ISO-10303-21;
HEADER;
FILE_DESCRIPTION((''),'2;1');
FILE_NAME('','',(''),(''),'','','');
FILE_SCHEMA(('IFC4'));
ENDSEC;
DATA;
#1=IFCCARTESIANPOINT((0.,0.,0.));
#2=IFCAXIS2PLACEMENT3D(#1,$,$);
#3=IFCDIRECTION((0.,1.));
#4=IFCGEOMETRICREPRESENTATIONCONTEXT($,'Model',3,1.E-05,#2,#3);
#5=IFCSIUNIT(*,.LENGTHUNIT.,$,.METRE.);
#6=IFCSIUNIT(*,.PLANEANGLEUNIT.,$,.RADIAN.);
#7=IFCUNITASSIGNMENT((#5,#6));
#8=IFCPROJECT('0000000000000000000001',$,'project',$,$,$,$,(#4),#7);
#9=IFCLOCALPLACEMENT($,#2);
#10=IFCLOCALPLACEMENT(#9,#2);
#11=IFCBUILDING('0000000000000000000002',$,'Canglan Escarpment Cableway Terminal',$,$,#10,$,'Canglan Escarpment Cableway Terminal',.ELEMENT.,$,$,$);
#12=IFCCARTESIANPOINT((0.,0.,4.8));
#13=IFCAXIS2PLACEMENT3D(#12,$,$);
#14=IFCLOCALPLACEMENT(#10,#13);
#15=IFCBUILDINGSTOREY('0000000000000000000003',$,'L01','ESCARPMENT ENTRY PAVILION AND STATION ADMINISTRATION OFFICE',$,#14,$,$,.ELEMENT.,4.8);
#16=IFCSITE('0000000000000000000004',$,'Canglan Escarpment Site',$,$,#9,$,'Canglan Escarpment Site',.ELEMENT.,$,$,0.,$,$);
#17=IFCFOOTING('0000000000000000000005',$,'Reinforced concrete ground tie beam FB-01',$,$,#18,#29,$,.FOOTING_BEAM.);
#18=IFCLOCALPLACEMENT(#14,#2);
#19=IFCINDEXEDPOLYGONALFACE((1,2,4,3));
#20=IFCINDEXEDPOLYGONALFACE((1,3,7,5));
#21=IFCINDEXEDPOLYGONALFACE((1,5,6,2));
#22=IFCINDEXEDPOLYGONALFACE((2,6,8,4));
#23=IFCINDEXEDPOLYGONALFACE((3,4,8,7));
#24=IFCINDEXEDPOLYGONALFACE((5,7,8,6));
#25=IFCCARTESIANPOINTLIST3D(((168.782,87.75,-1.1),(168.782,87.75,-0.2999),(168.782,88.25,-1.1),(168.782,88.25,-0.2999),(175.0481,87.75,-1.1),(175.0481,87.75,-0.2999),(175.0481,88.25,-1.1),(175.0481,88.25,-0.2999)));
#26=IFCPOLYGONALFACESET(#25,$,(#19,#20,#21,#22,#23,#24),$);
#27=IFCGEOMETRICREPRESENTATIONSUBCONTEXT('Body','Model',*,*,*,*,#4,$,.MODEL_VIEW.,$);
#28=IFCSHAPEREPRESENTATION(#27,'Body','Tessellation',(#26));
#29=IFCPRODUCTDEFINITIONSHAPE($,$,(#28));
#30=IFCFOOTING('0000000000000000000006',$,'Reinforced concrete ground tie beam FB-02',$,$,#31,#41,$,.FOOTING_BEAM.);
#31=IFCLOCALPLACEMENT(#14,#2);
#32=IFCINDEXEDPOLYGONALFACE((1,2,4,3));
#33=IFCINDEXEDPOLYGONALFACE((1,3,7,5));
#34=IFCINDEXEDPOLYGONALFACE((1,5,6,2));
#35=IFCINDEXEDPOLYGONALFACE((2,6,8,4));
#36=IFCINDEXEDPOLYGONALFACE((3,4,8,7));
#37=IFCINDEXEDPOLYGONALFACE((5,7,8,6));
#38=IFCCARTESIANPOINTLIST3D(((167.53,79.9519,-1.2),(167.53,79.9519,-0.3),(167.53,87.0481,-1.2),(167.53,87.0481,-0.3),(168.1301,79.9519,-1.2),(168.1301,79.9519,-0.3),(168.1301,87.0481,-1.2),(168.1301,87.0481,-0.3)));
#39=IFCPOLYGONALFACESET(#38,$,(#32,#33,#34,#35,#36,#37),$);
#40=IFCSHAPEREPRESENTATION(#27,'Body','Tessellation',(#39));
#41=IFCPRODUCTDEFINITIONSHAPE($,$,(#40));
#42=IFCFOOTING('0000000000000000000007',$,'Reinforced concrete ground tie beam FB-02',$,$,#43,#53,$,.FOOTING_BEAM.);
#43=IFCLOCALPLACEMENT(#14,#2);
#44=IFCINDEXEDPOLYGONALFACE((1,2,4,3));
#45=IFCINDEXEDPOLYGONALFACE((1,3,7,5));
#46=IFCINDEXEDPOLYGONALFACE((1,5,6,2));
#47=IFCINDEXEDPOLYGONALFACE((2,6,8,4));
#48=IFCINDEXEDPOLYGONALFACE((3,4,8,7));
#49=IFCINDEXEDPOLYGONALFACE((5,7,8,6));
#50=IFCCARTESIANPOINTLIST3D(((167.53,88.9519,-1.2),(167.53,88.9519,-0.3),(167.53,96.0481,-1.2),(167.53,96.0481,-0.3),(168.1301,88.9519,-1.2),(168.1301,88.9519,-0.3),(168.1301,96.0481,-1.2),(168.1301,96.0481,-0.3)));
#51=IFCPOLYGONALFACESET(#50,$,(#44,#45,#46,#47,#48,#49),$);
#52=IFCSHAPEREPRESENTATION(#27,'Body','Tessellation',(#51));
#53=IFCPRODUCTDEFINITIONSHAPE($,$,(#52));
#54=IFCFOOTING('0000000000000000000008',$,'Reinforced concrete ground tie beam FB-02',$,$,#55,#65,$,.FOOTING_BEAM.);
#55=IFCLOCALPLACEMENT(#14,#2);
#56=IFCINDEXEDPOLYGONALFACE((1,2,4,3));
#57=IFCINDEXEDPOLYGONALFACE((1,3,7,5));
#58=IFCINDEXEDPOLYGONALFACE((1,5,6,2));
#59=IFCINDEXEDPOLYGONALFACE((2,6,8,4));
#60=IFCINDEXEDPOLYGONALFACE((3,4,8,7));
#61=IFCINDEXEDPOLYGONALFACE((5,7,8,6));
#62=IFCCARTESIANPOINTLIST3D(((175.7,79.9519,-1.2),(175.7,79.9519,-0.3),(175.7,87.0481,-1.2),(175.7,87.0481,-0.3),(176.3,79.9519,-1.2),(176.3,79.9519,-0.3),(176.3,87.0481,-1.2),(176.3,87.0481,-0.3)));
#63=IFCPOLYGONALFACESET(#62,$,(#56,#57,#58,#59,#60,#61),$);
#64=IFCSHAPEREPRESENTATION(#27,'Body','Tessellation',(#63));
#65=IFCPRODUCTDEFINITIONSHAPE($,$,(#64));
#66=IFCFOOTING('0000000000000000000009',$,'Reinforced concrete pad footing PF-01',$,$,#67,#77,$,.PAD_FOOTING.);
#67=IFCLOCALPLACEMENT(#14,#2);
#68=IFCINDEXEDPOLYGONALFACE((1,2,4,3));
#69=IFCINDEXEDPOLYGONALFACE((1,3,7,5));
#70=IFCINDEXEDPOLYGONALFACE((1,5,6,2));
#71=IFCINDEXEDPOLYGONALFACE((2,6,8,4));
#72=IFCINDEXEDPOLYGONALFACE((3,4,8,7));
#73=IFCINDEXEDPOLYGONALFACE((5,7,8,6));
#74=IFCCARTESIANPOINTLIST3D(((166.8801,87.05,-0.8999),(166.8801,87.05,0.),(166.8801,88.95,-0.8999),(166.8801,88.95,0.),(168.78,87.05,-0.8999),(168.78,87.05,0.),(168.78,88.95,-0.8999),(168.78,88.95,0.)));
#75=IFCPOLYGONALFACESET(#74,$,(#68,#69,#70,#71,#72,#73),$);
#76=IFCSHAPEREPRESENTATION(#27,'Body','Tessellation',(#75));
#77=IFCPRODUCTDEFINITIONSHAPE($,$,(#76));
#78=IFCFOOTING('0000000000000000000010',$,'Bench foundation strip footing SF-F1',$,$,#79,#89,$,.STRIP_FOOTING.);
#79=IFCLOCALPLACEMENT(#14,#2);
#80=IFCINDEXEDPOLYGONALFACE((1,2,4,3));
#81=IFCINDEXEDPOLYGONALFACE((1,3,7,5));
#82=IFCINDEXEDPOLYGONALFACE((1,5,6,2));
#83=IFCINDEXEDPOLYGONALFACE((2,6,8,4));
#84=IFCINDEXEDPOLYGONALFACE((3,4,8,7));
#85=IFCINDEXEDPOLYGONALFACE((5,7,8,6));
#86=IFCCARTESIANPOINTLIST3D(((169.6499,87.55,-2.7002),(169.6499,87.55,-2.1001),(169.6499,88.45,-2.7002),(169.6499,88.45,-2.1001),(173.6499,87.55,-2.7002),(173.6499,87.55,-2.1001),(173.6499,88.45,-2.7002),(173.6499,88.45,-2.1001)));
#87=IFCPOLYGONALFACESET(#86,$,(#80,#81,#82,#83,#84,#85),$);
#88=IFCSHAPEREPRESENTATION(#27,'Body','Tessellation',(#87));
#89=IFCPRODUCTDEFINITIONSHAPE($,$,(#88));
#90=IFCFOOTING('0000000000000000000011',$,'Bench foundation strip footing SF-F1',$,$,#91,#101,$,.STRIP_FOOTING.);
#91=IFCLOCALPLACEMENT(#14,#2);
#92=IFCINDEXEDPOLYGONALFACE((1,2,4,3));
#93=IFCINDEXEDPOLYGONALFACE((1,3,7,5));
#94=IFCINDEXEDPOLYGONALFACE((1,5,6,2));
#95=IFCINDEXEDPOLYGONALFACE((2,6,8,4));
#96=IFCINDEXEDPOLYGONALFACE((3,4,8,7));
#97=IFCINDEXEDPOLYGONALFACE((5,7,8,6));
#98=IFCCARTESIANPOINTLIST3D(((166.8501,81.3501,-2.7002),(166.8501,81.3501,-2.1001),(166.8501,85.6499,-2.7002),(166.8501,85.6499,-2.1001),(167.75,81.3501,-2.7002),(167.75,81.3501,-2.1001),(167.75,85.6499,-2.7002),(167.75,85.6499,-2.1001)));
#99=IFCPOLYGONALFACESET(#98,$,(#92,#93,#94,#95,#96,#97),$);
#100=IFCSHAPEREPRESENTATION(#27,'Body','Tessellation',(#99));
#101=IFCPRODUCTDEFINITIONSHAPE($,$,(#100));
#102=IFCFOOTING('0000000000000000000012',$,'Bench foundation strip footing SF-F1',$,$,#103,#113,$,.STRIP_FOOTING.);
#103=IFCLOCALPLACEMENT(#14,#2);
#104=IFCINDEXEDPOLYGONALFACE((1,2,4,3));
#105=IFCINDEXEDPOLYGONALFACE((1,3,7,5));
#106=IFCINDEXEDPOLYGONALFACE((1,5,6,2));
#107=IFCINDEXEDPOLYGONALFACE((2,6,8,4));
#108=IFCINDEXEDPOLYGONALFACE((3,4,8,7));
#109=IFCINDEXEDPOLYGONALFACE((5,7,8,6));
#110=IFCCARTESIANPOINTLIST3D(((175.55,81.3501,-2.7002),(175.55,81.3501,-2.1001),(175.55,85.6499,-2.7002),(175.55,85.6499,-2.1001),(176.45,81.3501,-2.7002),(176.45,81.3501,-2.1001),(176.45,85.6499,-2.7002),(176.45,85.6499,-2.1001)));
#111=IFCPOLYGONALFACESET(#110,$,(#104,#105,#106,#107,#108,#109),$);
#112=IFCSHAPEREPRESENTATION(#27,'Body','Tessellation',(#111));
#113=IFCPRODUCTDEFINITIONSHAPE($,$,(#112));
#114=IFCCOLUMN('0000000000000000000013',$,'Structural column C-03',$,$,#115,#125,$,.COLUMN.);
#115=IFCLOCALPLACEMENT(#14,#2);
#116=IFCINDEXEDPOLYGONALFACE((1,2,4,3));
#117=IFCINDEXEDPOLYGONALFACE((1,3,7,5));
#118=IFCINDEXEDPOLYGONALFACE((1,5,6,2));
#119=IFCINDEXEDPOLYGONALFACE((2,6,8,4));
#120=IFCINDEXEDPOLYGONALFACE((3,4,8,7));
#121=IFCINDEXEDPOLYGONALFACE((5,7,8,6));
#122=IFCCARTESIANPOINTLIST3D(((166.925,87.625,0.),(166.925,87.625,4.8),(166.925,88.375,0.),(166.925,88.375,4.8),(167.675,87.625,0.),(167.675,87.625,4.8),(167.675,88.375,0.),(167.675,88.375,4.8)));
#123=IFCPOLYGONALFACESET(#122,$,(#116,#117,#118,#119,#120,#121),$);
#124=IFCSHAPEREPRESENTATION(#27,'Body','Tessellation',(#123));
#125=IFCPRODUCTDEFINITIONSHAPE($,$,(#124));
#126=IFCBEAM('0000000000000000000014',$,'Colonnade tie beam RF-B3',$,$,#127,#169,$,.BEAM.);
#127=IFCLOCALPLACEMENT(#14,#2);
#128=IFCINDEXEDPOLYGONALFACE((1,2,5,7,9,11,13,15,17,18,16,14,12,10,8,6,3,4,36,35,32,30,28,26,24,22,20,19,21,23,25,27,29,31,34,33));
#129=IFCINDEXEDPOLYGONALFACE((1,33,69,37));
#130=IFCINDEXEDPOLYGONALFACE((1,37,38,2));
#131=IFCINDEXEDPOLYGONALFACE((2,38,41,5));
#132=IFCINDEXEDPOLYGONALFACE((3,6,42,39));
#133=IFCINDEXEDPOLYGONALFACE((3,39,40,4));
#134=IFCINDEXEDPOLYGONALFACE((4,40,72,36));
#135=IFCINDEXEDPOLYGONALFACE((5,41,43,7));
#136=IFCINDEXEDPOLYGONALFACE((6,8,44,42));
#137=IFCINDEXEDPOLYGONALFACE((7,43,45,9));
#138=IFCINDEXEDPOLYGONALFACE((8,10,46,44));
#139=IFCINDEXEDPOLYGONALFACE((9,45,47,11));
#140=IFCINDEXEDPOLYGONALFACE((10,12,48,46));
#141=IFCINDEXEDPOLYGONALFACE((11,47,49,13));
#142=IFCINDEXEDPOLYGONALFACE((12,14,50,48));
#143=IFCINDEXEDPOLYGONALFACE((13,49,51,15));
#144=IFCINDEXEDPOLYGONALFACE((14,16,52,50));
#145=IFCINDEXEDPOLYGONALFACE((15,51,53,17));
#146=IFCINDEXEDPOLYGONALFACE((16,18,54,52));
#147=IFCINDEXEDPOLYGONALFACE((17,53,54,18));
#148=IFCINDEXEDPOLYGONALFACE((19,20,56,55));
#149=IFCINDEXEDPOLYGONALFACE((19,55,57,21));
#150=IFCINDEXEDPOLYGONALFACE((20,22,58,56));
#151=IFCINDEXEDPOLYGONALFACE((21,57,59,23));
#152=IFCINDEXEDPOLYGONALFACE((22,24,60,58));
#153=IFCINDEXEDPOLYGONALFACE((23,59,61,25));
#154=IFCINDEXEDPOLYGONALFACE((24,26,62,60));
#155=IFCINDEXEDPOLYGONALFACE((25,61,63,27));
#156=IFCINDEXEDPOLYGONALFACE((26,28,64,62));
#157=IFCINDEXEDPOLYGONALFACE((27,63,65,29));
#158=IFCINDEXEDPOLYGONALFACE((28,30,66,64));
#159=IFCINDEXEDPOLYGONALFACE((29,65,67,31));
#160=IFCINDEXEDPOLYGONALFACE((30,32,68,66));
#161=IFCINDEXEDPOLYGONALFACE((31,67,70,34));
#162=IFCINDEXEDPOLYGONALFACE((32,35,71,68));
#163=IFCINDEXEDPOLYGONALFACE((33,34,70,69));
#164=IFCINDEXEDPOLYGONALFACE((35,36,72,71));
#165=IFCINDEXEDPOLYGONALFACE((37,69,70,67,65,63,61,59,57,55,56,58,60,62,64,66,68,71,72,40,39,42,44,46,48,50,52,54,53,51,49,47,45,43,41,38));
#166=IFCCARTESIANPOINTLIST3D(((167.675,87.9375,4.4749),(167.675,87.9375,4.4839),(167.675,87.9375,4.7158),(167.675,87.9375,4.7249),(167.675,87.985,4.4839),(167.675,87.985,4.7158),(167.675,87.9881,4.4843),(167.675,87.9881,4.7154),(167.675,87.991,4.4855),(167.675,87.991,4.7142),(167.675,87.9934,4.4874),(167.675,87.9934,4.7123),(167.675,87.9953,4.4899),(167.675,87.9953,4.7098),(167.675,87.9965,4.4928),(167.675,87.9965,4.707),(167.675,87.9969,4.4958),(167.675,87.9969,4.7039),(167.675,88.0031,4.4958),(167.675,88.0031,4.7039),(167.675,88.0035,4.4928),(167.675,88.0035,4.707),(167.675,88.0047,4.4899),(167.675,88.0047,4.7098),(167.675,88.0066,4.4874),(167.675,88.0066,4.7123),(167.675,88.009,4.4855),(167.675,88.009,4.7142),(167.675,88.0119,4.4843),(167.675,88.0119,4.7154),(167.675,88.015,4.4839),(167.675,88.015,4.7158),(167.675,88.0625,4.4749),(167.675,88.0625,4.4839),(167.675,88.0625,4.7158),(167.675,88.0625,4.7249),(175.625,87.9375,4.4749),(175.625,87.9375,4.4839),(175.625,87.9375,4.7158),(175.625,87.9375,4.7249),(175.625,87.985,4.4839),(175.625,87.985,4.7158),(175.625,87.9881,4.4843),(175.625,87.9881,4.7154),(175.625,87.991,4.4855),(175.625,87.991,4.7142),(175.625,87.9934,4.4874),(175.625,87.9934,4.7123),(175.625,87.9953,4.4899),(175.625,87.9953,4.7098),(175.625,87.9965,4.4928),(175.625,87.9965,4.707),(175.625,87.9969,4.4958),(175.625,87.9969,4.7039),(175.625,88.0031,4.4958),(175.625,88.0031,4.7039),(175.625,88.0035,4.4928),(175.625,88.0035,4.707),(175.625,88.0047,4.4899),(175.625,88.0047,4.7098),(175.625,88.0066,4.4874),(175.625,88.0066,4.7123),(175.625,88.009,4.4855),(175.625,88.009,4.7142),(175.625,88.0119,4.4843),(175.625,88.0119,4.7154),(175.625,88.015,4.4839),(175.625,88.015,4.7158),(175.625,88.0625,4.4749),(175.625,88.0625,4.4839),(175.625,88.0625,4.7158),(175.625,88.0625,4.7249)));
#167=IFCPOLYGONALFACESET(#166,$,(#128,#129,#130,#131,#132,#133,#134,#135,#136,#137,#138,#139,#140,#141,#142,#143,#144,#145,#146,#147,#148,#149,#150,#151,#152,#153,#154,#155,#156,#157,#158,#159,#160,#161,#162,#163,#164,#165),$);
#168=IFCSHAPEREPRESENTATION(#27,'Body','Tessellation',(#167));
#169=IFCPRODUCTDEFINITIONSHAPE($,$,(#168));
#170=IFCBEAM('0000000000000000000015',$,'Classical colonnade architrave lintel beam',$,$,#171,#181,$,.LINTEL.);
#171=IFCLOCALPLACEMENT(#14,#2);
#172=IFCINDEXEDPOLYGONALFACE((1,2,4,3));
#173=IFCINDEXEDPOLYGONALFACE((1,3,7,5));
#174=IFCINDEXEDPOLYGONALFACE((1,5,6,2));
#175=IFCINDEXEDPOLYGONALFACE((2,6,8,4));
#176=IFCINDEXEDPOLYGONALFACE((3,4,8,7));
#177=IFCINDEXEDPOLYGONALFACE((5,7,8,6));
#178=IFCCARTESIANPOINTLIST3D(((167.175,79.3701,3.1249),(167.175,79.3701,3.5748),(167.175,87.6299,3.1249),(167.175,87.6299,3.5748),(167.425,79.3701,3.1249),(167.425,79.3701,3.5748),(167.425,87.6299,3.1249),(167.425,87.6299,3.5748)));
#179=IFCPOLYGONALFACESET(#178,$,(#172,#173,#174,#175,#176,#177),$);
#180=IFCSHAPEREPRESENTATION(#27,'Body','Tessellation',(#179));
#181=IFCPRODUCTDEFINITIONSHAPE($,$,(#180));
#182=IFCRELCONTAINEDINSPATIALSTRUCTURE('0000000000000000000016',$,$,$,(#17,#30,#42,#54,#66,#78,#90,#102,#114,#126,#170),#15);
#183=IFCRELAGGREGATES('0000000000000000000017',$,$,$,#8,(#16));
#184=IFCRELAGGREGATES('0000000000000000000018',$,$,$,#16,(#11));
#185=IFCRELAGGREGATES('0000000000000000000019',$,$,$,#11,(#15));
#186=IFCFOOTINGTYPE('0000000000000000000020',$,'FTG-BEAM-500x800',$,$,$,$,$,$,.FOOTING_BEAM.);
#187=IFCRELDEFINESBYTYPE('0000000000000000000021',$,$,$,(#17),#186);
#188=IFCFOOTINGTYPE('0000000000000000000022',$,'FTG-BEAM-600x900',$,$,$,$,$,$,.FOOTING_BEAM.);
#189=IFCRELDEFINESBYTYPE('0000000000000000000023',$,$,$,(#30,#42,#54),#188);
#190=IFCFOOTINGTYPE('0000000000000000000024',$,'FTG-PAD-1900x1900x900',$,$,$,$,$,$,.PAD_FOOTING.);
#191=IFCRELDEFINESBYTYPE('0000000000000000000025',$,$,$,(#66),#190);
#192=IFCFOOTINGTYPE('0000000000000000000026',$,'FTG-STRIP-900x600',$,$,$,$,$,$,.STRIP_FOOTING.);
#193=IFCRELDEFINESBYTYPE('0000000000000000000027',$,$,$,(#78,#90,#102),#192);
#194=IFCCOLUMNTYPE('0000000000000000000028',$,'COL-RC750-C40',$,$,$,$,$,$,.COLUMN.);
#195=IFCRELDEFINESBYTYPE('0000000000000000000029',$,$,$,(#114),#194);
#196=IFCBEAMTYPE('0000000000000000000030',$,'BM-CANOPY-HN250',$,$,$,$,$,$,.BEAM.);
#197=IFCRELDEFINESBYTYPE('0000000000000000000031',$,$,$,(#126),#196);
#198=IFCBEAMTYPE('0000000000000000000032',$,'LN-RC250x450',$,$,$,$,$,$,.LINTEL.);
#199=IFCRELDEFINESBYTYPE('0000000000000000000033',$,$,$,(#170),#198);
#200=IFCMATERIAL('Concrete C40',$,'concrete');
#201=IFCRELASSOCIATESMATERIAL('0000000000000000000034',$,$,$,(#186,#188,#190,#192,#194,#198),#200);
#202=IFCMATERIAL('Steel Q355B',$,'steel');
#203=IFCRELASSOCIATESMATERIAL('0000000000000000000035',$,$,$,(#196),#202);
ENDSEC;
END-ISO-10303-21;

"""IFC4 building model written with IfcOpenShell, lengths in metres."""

from ifc_helpers import new_model, si_unit, direction, frame, origin, origin_2d, place, context, subcontext, project, spatial, rectangle, i_section, extrude, material, material_profile, profile_set, type_object, element, save


model = new_model("IFC4")

# Units and contexts
model_context = context("Model", 3, precision=1e-05, world=origin(), true_north=direction((0.0, 1.0)))
body_context = subcontext(model_context, "Body", "Model", "MODEL_VIEW")
ifc_project = project(units=[si_unit("LENGTHUNIT", "METRE"), si_unit("PLANEANGLEUNIT", "RADIAN")], contexts=[model_context])

# Site, building, storey
site_placement = place(None, origin())
site = spatial("IfcSite", under=ifc_project, at=site_placement, Name="Canglan Escarpment Site", LongName="Canglan Escarpment Site", CompositionType="ELEMENT", RefElevation=0.0)
building_placement = place(site_placement, origin())
building = spatial("IfcBuilding", under=site, at=building_placement, Name="Canglan Escarpment Cableway Terminal", LongName="Canglan Escarpment Cableway Terminal", CompositionType="ELEMENT")
storey_placement = place(building_placement, frame((0.0, 0.0, 4.8)))
storey = spatial("IfcBuildingStorey", under=building, at=storey_placement, Name="L01", Description="ESCARPMENT ENTRY PAVILION AND STATION ADMINISTRATION OFFICE", CompositionType="ELEMENT", Elevation=4.8)

# Footings
ifc_material_1 = material(Name="Concrete C40", Category="concrete")
ifc_material_profile_1 = material_profile(ifc_material_1, rectangle(XDim=0.5, YDim=0.8, at=origin_2d()), Name="FB 500x800")
ifc_profile_set_1 = profile_set([ifc_material_profile_1], Name="Concrete C40")
footing_type_1 = type_object("IfcFootingType", Name="FTG-BEAM-500x800", PredefinedType="FOOTING_BEAM", material=ifc_profile_set_1)
footing_1_placement = place(storey_placement, frame((168.782, 88.0, -0.7), z_axis=(1.0, 0.0, 0.0), x_axis=(0.0, 1.0, 0.0)))
element("IfcFooting", 1, at=footing_1_placement, inside=storey, type_object=footing_type_1, Name="Reinforced concrete ground tie beam FB-01", PredefinedType="FOOTING_BEAM", context=body_context, shape_type="SweptSolid", body=[
    extrude(rectangle(XDim=0.5, YDim=0.8, at=origin_2d()), origin(), (0.0, 0.0, 1.0), 6.2661),
])
ifc_material_profile_2 = material_profile(ifc_material_1, rectangle(XDim=0.6001, YDim=0.8999, at=origin_2d()), Name="FB 600x900")
ifc_profile_set_2 = profile_set([ifc_material_profile_2], Name="Concrete C40")
footing_type_2 = type_object("IfcFootingType", Name="FTG-BEAM-600x900", PredefinedType="FOOTING_BEAM", material=ifc_profile_set_2)
for number, where, z_axis, x_axis, name in (
    (2, (167.8301, 79.9519, -0.75), (0.0, 1.0, 0.0), (-1.0, 0.0, 0.0), "Reinforced concrete ground tie beam FB-02"),
    (3, (167.8301, 88.9519, -0.75), (0.0, 1.0, 0.0), (-1.0, 0.0, 0.0), "Reinforced concrete ground tie beam FB-02"),
    (4, (176.0, 79.9519, -0.75), (0.0, 1.0, 0.0), (-1.0, 0.0, 0.0), "Reinforced concrete ground tie beam FB-02"),
):
    element("IfcFooting", number, at=place(storey_placement, frame(where, z_axis=z_axis, x_axis=x_axis)), inside=storey, type_object=footing_type_2, Name=name, PredefinedType="FOOTING_BEAM", context=body_context, shape_type="SweptSolid", body=[
        extrude(rectangle(XDim=0.6001, YDim=0.8999, at=origin_2d()), origin(), (0.0, 0.0, 1.0), 7.0962),
    ])
footing_type_3 = type_object("IfcFootingType", Name="FTG-PAD-1900x1900x900", PredefinedType="PAD_FOOTING", material=ifc_material_1)
footing_2_placement = place(storey_placement, frame((167.8301, 88.0, -0.8999), z_axis=(0.0, 0.0, 1.0), x_axis=(1.0, 0.0, 0.0)))
element("IfcFooting", 5, at=footing_2_placement, inside=storey, type_object=footing_type_3, Name="Reinforced concrete pad footing PF-01", PredefinedType="PAD_FOOTING", context=body_context, shape_type="SweptSolid", body=[
    extrude(rectangle(XDim=1.8999, YDim=1.8999, at=origin_2d()), origin(), (0.0, 0.0, 1.0), 0.8999),
])
ifc_material_profile_3 = material_profile(ifc_material_1, rectangle(XDim=0.8999, YDim=0.6001, at=origin_2d()), Name="SF 900x600")
ifc_profile_set_3 = profile_set([ifc_material_profile_3], Name="Concrete C40")
footing_type_4 = type_object("IfcFootingType", Name="FTG-STRIP-900x600", PredefinedType="STRIP_FOOTING", material=ifc_profile_set_3)
footing_3_placement = place(storey_placement, frame((169.6499, 88.0, -2.4001), z_axis=(1.0, 0.0, 0.0), x_axis=(0.0, 1.0, 0.0)))
element("IfcFooting", 6, at=footing_3_placement, inside=storey, type_object=footing_type_4, Name="Bench foundation strip footing SF-F1", PredefinedType="STRIP_FOOTING", context=body_context, shape_type="SweptSolid", body=[
    extrude(rectangle(XDim=0.8999, YDim=0.6001, at=origin_2d()), origin(), (0.0, 0.0, 1.0), 4.0),
])
for number, where, z_axis, x_axis, name in (
    (7, (167.3, 81.3501, -2.4001), (0.0, 1.0, 0.0), (-1.0, 0.0, 0.0), "Bench foundation strip footing SF-F1"),
    (8, (176.0, 81.3501, -2.4001), (0.0, 1.0, 0.0), (-1.0, 0.0, 0.0), "Bench foundation strip footing SF-F1"),
):
    element("IfcFooting", number, at=place(storey_placement, frame(where, z_axis=z_axis, x_axis=x_axis)), inside=storey, type_object=footing_type_4, Name=name, PredefinedType="STRIP_FOOTING", context=body_context, shape_type="SweptSolid", body=[
        extrude(rectangle(XDim=0.8999, YDim=0.6001, at=origin_2d()), origin(), (0.0, 0.0, 1.0), 4.2998),
    ])

# Column
ifc_material_profile_4 = material_profile(ifc_material_1, rectangle(XDim=0.75, YDim=0.75, at=origin_2d()), Name="RC 750x750")
ifc_profile_set_4 = profile_set([ifc_material_profile_4], Name="Concrete C40")
column_type = type_object("IfcColumnType", Name="COL-RC750-C40", PredefinedType="COLUMN", material=ifc_profile_set_4)
column_placement = place(storey_placement, frame((167.3, 88.0, 0.0), z_axis=(0.0, 0.0, 1.0), x_axis=(1.0, 0.0, 0.0)))
element("IfcColumn", 9, at=column_placement, inside=storey, type_object=column_type, Name="Structural column C-03", PredefinedType="COLUMN", context=body_context, shape_type="SweptSolid", body=[
    extrude(rectangle(XDim=0.75, YDim=0.75, at=origin_2d()), origin(), (0.0, 0.0, 1.0), 4.8),
])

# Beams
ifc_material_2 = material(Name="Steel Q355B", Category="steel")
ifc_material_profile_5 = material_profile(ifc_material_2, i_section(OverallWidth=0.125, OverallDepth=0.25, WebThickness=0.0061, FlangeThickness=0.009, FilletRadius=0.012, at=origin_2d()), Name="HN 250x125x6x9")
ifc_profile_set_5 = profile_set([ifc_material_profile_5], Name="Steel Q355B")
beam_type_1 = type_object("IfcBeamType", Name="BM-CANOPY-HN250", PredefinedType="BEAM", material=ifc_profile_set_5)
beam_1_placement = place(storey_placement, frame((167.675, 88.0, 4.5999), z_axis=(1.0, 0.0, 0.0), x_axis=(0.0, 1.0, 0.0)))
element("IfcBeam", 10, at=beam_1_placement, inside=storey, type_object=beam_type_1, Name="Colonnade tie beam RF-B3", PredefinedType="BEAM", context=body_context, shape_type="SweptSolid", body=[
    extrude(i_section(OverallWidth=0.125, OverallDepth=0.25, WebThickness=0.0061, FlangeThickness=0.009, FilletRadius=0.012, at=origin_2d()), origin(), (0.0, 0.0, 1.0), 7.95),
])
ifc_material_profile_6 = material_profile(ifc_material_1, rectangle(XDim=0.25, YDim=0.45, at=origin_2d()), Name="RC 250x450")
ifc_profile_set_6 = profile_set([ifc_material_profile_6], Name="Concrete C40")
beam_type_2 = type_object("IfcBeamType", Name="LN-RC250x450", PredefinedType="LINTEL", material=ifc_profile_set_6)
beam_2_placement = place(storey_placement, frame((167.3, 79.3701, 3.3499), z_axis=(0.0, 1.0, 0.0), x_axis=(-1.0, 0.0, 0.0)))
element("IfcBeam", 11, at=beam_2_placement, inside=storey, type_object=beam_type_2, Name="Classical colonnade architrave lintel beam", PredefinedType="LINTEL", context=body_context, shape_type="SweptSolid", body=[
    extrude(rectangle(XDim=0.25, YDim=0.45, at=origin_2d()), origin(), (0.0, 0.0, 1.0), 8.2598),
])

save(model, "model.ifc")
